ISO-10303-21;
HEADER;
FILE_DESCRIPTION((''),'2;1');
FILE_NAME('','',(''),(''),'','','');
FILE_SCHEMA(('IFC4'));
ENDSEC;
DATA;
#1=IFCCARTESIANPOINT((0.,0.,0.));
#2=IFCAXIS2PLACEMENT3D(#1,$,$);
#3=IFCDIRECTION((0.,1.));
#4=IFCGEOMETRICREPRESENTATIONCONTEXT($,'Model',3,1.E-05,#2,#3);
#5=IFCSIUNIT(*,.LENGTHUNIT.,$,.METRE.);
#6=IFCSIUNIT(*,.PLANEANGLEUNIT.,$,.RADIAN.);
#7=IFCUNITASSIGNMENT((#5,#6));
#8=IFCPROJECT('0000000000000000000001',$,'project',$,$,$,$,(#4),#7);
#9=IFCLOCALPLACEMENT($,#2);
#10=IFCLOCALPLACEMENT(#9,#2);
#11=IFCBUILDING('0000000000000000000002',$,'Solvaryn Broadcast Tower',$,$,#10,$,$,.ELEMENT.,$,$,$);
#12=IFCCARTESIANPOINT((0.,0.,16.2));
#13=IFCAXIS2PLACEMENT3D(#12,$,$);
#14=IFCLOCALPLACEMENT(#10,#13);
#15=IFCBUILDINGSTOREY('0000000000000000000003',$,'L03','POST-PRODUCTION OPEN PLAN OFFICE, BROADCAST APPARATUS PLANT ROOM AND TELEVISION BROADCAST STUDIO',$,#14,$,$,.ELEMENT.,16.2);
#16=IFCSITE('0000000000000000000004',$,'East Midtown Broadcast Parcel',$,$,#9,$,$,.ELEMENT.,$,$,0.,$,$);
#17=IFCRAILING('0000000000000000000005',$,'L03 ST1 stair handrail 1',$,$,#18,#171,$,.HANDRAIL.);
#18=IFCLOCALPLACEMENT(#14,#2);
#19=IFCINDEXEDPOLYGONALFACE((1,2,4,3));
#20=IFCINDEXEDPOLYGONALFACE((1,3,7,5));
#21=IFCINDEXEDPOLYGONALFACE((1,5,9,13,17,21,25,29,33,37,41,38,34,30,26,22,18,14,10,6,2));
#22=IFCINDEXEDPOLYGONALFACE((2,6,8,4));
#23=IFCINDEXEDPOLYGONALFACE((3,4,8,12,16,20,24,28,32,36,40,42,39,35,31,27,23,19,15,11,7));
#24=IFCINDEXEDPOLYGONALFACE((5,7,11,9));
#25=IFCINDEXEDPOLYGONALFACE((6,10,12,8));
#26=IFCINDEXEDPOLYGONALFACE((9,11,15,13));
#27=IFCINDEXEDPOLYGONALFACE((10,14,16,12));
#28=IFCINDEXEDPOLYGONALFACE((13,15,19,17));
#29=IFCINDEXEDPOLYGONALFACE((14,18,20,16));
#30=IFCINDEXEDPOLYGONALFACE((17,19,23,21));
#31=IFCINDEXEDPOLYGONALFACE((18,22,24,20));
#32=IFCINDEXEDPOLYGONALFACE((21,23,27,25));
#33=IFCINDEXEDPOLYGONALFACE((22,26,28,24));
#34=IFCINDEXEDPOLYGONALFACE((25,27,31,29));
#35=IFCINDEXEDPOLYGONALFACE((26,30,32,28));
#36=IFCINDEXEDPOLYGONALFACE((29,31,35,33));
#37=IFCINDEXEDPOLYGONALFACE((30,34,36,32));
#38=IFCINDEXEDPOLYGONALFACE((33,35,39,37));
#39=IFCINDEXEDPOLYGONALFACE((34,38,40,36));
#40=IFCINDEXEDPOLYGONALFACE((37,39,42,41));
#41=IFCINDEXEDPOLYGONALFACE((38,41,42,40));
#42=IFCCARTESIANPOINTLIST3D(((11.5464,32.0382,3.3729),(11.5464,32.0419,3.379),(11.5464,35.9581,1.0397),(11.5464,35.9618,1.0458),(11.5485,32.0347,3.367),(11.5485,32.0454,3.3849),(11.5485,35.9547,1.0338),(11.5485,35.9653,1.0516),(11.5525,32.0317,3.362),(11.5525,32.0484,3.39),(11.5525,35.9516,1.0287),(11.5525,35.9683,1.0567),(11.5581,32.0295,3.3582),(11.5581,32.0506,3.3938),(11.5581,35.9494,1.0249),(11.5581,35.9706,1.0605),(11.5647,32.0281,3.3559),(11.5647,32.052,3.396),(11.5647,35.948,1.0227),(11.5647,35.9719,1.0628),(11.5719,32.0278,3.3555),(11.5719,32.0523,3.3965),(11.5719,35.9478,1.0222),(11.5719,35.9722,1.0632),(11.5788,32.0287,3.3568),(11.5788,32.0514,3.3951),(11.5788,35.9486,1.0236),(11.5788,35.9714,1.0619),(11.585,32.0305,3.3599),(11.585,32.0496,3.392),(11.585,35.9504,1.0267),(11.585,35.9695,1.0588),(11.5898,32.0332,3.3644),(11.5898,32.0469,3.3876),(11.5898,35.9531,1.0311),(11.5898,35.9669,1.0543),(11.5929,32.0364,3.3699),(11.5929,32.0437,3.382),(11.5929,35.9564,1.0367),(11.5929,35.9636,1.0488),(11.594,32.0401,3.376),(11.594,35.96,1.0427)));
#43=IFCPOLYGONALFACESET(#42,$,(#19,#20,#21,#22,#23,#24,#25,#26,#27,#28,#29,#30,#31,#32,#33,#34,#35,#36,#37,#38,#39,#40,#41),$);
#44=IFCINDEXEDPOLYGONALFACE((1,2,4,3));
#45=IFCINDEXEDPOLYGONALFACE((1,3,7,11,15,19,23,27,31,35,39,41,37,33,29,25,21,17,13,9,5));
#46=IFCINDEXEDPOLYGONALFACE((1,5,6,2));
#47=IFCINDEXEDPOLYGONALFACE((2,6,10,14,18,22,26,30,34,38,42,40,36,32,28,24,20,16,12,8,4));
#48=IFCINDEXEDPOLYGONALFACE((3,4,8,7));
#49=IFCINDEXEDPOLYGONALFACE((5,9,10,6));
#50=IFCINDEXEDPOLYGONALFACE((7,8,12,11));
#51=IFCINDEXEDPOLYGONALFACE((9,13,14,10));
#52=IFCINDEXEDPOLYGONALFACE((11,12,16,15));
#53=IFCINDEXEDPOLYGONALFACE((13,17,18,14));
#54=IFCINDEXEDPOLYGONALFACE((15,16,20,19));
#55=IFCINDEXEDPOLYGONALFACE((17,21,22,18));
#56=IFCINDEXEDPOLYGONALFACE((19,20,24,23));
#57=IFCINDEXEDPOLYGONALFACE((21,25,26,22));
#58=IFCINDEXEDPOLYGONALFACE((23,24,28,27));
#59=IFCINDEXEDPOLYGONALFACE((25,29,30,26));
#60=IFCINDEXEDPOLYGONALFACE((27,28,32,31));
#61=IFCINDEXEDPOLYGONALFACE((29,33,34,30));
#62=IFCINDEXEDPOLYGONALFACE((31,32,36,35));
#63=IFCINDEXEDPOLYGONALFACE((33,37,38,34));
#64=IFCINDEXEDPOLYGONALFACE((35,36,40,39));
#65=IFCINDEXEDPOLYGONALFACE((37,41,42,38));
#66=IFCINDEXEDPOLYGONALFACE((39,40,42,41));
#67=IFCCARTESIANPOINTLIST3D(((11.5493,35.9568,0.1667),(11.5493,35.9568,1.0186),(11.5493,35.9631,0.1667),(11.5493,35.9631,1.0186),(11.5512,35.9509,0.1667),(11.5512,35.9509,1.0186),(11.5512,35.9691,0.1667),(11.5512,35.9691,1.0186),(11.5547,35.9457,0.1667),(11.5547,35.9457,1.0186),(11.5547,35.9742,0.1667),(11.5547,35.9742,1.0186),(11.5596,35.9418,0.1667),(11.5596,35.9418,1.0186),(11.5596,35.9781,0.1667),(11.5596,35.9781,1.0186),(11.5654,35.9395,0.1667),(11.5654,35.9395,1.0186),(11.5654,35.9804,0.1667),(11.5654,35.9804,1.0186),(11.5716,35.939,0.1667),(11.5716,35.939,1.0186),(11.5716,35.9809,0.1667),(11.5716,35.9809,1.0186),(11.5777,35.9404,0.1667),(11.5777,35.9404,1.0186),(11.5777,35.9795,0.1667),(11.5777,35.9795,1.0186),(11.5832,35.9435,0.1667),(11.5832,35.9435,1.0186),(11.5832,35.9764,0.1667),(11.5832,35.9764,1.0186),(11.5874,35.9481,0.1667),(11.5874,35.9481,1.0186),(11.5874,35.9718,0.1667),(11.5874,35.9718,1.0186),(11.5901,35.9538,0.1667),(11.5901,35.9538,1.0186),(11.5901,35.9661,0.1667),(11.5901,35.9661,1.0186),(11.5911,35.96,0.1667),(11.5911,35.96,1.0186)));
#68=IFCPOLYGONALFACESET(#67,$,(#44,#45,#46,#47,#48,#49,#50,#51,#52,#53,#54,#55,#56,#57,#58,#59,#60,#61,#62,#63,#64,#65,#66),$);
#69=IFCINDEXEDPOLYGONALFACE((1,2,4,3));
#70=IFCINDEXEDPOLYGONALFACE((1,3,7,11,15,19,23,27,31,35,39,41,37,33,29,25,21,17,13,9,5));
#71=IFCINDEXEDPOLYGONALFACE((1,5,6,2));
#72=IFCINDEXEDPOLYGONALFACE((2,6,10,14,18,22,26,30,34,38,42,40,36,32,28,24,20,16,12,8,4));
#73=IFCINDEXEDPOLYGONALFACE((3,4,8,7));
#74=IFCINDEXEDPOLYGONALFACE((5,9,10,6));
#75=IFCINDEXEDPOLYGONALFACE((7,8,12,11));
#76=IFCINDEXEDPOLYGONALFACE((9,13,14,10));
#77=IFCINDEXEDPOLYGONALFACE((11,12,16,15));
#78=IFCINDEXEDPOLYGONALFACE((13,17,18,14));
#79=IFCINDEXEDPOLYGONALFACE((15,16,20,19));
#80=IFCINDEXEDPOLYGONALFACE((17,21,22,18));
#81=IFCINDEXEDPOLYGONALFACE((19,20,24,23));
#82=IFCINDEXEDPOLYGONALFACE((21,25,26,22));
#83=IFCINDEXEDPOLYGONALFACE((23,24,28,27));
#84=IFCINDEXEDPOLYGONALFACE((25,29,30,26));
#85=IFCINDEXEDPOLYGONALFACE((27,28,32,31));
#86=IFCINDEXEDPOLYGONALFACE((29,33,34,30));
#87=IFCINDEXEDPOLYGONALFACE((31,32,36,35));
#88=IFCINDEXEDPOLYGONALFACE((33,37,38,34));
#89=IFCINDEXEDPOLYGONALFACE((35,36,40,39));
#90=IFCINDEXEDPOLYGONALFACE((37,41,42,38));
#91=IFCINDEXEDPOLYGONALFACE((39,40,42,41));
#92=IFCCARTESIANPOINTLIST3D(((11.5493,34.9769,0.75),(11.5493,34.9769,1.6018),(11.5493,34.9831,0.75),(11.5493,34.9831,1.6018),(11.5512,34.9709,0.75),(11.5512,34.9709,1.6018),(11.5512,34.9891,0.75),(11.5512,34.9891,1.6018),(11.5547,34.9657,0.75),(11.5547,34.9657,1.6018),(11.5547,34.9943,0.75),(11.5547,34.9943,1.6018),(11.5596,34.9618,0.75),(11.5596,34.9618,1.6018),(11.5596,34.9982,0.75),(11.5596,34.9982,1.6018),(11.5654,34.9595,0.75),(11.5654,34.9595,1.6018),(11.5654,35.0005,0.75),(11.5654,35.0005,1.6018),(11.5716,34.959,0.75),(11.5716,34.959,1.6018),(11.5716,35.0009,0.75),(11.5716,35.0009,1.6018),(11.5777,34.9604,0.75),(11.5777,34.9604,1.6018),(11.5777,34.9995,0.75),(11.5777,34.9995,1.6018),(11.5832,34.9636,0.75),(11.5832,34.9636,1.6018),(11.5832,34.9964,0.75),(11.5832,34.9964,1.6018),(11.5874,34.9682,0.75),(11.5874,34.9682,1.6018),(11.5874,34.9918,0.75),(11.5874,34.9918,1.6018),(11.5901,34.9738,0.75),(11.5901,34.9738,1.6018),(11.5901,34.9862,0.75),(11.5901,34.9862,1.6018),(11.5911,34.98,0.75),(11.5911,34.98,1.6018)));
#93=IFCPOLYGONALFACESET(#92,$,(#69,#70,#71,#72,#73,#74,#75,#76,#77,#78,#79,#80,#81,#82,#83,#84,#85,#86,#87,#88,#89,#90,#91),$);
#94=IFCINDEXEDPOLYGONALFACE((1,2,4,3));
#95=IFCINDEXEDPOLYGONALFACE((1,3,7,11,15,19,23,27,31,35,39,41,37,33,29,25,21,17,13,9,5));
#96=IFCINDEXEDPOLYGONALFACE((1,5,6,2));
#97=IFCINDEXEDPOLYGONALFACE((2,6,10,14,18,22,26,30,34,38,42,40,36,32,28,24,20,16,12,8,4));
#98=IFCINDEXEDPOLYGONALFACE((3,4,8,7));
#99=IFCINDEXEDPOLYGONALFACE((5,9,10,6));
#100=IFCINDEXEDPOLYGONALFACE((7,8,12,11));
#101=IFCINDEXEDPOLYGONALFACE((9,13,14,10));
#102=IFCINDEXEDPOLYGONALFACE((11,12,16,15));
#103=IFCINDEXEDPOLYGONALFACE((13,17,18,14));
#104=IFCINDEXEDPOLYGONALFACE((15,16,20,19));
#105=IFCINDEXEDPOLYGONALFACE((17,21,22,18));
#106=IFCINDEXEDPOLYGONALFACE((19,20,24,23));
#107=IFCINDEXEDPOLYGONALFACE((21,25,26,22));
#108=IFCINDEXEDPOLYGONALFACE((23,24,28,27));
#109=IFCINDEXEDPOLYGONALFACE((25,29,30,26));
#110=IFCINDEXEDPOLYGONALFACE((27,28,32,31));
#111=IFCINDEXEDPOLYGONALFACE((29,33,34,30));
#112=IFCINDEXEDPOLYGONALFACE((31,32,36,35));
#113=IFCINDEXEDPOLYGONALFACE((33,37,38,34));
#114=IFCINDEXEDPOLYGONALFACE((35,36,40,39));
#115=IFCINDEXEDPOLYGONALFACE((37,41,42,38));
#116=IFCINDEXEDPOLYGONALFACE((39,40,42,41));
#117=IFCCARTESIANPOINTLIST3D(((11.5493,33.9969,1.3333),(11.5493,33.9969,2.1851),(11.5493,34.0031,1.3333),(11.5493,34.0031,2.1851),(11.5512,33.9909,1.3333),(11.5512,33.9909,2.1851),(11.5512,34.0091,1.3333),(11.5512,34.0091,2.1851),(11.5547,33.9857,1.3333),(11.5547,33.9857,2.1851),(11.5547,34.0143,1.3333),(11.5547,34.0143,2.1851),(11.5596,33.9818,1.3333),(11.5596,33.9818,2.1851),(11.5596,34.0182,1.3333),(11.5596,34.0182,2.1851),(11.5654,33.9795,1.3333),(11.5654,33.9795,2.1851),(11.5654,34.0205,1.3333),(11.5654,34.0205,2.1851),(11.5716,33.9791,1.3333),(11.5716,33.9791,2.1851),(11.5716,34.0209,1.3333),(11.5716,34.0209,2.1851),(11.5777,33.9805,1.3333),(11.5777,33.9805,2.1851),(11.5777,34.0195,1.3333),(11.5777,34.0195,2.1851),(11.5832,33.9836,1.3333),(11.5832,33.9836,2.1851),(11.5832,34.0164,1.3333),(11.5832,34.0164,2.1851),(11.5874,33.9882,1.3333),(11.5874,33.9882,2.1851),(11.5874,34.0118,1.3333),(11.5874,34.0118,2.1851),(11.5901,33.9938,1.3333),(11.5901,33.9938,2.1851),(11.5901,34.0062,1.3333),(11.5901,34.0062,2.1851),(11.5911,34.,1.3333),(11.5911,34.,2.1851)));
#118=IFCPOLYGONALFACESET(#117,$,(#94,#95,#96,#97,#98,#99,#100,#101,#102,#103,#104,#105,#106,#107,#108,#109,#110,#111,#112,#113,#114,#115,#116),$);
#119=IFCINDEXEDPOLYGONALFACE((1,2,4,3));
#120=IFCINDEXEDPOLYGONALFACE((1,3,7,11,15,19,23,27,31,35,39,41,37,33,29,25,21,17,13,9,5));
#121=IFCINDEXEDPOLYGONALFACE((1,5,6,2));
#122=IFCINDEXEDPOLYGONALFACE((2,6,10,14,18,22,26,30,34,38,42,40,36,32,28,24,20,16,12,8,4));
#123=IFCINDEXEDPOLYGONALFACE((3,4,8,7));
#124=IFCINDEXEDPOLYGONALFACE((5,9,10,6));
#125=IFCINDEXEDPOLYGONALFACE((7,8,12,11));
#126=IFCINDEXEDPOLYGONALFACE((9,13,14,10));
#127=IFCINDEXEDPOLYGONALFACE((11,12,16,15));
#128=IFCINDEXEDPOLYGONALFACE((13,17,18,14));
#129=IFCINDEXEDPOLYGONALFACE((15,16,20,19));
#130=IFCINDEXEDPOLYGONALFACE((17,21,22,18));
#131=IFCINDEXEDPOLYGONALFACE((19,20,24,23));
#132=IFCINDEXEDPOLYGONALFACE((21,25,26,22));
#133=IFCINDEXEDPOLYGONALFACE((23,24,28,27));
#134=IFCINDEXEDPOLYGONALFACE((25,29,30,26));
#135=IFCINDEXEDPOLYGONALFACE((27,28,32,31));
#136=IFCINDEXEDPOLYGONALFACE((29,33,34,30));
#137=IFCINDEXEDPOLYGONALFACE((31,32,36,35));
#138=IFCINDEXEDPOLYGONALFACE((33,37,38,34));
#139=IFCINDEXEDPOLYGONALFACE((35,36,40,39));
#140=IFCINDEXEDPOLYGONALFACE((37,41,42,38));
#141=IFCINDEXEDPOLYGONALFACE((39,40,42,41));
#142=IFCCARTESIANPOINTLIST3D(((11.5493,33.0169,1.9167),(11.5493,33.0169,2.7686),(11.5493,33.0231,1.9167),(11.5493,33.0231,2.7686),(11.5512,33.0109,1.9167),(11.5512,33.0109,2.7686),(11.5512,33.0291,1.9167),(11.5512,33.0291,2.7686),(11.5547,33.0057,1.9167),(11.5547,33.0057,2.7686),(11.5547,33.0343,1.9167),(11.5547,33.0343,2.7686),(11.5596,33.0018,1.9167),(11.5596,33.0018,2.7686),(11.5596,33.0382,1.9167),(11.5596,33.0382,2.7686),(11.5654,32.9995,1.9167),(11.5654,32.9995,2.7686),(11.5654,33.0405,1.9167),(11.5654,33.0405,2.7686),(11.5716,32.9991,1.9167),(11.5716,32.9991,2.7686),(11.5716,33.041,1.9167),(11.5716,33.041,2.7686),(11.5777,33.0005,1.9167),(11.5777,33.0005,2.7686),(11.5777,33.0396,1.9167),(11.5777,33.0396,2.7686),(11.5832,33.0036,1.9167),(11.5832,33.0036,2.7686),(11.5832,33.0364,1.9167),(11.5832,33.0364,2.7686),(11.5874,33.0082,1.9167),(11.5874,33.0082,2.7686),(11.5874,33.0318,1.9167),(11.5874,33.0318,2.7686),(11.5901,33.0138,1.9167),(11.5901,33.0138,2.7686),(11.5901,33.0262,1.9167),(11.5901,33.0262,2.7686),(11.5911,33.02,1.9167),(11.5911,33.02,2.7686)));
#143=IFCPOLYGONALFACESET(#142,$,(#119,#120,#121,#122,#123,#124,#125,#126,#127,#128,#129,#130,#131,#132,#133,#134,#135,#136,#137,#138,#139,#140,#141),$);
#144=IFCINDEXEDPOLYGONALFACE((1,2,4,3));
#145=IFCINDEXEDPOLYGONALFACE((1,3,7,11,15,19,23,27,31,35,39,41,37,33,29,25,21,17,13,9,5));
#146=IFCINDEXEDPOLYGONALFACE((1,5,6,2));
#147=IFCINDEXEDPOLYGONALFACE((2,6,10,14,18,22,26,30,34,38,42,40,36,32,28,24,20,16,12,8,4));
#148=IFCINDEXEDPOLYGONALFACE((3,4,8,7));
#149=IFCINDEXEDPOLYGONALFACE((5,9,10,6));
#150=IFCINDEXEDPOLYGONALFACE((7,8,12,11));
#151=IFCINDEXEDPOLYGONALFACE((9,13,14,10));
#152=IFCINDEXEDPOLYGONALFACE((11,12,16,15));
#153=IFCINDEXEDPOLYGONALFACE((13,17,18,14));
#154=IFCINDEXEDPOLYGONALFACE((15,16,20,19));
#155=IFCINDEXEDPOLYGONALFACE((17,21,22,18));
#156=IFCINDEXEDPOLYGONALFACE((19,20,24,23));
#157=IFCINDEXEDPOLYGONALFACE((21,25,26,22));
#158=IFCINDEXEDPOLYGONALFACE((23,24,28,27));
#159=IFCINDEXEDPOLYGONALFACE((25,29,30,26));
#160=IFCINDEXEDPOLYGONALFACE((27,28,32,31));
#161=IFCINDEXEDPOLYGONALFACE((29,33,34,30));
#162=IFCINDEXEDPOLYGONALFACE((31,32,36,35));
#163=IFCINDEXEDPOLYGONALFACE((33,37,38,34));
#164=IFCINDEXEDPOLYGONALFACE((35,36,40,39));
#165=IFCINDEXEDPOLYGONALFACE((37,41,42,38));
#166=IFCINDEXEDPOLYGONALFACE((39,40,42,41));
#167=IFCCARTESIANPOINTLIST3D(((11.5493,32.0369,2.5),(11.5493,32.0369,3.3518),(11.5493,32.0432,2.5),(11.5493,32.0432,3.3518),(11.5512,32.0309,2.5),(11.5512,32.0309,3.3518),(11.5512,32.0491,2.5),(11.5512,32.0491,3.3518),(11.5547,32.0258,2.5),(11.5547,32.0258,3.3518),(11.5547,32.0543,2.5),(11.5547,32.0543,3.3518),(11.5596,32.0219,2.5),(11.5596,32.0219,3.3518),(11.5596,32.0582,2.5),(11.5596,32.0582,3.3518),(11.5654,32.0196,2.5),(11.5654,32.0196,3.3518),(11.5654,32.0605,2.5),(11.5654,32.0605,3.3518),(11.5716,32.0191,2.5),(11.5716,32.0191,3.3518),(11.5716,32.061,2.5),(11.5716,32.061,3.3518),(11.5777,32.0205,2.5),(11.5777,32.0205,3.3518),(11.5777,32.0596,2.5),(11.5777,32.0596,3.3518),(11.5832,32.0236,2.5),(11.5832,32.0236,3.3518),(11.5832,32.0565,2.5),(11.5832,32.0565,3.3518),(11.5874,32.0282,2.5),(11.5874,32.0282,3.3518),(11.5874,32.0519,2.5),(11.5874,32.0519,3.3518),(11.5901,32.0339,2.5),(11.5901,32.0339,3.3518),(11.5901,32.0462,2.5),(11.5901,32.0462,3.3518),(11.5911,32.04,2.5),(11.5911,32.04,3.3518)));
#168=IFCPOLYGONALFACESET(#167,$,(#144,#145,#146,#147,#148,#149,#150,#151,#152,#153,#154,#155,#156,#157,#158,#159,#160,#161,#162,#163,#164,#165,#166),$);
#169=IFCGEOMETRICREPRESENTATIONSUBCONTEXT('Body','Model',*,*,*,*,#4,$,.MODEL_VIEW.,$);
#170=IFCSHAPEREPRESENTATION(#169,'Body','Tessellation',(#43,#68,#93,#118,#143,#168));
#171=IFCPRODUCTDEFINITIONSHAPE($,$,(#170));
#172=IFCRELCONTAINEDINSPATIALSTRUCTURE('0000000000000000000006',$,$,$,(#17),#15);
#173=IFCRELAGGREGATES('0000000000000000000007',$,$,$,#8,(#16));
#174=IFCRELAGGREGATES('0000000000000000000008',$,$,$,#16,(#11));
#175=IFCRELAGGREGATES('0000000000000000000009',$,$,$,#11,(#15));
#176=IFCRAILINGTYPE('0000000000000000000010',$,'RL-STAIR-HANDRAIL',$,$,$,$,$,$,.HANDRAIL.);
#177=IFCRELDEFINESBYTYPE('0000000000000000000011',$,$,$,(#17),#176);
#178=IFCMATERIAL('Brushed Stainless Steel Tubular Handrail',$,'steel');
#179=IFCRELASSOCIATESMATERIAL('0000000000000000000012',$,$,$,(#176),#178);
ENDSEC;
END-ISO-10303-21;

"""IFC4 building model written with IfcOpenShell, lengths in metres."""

from ifc_helpers import new_model, si_unit, direction, frame, origin, origin_2d, place, context, subcontext, project, spatial, circle, extrude, material, type_object, element, save


model = new_model("IFC4")

# Units and contexts
model_context = context("Model", 3, precision=1e-05, world=origin(), true_north=direction((0.0, 1.0)))
body_context = subcontext(model_context, "Body", "Model", "MODEL_VIEW")
ifc_project = project(units=[si_unit("LENGTHUNIT", "METRE"), si_unit("PLANEANGLEUNIT", "RADIAN")], contexts=[model_context])

# Site, building, storey
site_placement = place(None, origin())
site = spatial("IfcSite", under=ifc_project, at=site_placement, Name="East Midtown Broadcast Parcel", CompositionType="ELEMENT", RefElevation=0.0)
building_placement = place(site_placement, origin())
building = spatial("IfcBuilding", under=site, at=building_placement, Name="Solvaryn Broadcast Tower", CompositionType="ELEMENT")
storey_placement = place(building_placement, frame((0.0, 0.0, 16.2)))
storey = spatial("IfcBuildingStorey", under=building, at=storey_placement, Name="L03", Description="POST-PRODUCTION OPEN PLAN OFFICE, BROADCAST APPARATUS PLANT ROOM AND TELEVISION BROADCAST STUDIO", CompositionType="ELEMENT", Elevation=16.2)

# Railing
ifc_material_1 = material(Name="Brushed Stainless Steel Tubular Handrail", Category="steel")
railing_type_1 = type_object("IfcRailingType", Name="RL-STAIR-HANDRAIL", PredefinedType="HANDRAIL", material=ifc_material_1)
railing_1_placement = place(storey_placement, frame((11.5701, 35.96, 0.1667)))
element("IfcRailing", 1, at=railing_1_placement, inside=storey, type_object=railing_type_1, Name="L03 ST1 stair handrail 1", PredefinedType="HANDRAIL", context=body_context, shape_type="SweptSolid", body=[
    extrude(circle(Radius=0.0239, at=origin_2d()), frame((0.0, 0.0, 0.876), z_axis=(0.0, -0.859296, 0.511478), x_axis=(1.0, 0.0, 0.0)), (0.0, 0.0, 1.0), 4.5618),
    extrude(circle(Radius=0.021, at=origin_2d()), origin(), (0.0, 0.0, 1.0), 0.8518),
    extrude(circle(Radius=0.021, at=origin_2d()), frame((0.0, -0.98, 0.5833)), (0.0, 0.0, 1.0), 0.8518),
    extrude(circle(Radius=0.021, at=origin_2d()), frame((0.0, -1.96, 1.1665)), (0.0, 0.0, 1.0), 0.8518),
    extrude(circle(Radius=0.021, at=origin_2d()), frame((0.0, -2.9399, 1.75)), (0.0, 0.0, 1.0), 0.8518),
    extrude(circle(Radius=0.021, at=origin_2d()), frame((0.0, -3.9199, 2.3333)), (0.0, 0.0, 1.0), 0.8518),
])

save(model, "model.ifc")
